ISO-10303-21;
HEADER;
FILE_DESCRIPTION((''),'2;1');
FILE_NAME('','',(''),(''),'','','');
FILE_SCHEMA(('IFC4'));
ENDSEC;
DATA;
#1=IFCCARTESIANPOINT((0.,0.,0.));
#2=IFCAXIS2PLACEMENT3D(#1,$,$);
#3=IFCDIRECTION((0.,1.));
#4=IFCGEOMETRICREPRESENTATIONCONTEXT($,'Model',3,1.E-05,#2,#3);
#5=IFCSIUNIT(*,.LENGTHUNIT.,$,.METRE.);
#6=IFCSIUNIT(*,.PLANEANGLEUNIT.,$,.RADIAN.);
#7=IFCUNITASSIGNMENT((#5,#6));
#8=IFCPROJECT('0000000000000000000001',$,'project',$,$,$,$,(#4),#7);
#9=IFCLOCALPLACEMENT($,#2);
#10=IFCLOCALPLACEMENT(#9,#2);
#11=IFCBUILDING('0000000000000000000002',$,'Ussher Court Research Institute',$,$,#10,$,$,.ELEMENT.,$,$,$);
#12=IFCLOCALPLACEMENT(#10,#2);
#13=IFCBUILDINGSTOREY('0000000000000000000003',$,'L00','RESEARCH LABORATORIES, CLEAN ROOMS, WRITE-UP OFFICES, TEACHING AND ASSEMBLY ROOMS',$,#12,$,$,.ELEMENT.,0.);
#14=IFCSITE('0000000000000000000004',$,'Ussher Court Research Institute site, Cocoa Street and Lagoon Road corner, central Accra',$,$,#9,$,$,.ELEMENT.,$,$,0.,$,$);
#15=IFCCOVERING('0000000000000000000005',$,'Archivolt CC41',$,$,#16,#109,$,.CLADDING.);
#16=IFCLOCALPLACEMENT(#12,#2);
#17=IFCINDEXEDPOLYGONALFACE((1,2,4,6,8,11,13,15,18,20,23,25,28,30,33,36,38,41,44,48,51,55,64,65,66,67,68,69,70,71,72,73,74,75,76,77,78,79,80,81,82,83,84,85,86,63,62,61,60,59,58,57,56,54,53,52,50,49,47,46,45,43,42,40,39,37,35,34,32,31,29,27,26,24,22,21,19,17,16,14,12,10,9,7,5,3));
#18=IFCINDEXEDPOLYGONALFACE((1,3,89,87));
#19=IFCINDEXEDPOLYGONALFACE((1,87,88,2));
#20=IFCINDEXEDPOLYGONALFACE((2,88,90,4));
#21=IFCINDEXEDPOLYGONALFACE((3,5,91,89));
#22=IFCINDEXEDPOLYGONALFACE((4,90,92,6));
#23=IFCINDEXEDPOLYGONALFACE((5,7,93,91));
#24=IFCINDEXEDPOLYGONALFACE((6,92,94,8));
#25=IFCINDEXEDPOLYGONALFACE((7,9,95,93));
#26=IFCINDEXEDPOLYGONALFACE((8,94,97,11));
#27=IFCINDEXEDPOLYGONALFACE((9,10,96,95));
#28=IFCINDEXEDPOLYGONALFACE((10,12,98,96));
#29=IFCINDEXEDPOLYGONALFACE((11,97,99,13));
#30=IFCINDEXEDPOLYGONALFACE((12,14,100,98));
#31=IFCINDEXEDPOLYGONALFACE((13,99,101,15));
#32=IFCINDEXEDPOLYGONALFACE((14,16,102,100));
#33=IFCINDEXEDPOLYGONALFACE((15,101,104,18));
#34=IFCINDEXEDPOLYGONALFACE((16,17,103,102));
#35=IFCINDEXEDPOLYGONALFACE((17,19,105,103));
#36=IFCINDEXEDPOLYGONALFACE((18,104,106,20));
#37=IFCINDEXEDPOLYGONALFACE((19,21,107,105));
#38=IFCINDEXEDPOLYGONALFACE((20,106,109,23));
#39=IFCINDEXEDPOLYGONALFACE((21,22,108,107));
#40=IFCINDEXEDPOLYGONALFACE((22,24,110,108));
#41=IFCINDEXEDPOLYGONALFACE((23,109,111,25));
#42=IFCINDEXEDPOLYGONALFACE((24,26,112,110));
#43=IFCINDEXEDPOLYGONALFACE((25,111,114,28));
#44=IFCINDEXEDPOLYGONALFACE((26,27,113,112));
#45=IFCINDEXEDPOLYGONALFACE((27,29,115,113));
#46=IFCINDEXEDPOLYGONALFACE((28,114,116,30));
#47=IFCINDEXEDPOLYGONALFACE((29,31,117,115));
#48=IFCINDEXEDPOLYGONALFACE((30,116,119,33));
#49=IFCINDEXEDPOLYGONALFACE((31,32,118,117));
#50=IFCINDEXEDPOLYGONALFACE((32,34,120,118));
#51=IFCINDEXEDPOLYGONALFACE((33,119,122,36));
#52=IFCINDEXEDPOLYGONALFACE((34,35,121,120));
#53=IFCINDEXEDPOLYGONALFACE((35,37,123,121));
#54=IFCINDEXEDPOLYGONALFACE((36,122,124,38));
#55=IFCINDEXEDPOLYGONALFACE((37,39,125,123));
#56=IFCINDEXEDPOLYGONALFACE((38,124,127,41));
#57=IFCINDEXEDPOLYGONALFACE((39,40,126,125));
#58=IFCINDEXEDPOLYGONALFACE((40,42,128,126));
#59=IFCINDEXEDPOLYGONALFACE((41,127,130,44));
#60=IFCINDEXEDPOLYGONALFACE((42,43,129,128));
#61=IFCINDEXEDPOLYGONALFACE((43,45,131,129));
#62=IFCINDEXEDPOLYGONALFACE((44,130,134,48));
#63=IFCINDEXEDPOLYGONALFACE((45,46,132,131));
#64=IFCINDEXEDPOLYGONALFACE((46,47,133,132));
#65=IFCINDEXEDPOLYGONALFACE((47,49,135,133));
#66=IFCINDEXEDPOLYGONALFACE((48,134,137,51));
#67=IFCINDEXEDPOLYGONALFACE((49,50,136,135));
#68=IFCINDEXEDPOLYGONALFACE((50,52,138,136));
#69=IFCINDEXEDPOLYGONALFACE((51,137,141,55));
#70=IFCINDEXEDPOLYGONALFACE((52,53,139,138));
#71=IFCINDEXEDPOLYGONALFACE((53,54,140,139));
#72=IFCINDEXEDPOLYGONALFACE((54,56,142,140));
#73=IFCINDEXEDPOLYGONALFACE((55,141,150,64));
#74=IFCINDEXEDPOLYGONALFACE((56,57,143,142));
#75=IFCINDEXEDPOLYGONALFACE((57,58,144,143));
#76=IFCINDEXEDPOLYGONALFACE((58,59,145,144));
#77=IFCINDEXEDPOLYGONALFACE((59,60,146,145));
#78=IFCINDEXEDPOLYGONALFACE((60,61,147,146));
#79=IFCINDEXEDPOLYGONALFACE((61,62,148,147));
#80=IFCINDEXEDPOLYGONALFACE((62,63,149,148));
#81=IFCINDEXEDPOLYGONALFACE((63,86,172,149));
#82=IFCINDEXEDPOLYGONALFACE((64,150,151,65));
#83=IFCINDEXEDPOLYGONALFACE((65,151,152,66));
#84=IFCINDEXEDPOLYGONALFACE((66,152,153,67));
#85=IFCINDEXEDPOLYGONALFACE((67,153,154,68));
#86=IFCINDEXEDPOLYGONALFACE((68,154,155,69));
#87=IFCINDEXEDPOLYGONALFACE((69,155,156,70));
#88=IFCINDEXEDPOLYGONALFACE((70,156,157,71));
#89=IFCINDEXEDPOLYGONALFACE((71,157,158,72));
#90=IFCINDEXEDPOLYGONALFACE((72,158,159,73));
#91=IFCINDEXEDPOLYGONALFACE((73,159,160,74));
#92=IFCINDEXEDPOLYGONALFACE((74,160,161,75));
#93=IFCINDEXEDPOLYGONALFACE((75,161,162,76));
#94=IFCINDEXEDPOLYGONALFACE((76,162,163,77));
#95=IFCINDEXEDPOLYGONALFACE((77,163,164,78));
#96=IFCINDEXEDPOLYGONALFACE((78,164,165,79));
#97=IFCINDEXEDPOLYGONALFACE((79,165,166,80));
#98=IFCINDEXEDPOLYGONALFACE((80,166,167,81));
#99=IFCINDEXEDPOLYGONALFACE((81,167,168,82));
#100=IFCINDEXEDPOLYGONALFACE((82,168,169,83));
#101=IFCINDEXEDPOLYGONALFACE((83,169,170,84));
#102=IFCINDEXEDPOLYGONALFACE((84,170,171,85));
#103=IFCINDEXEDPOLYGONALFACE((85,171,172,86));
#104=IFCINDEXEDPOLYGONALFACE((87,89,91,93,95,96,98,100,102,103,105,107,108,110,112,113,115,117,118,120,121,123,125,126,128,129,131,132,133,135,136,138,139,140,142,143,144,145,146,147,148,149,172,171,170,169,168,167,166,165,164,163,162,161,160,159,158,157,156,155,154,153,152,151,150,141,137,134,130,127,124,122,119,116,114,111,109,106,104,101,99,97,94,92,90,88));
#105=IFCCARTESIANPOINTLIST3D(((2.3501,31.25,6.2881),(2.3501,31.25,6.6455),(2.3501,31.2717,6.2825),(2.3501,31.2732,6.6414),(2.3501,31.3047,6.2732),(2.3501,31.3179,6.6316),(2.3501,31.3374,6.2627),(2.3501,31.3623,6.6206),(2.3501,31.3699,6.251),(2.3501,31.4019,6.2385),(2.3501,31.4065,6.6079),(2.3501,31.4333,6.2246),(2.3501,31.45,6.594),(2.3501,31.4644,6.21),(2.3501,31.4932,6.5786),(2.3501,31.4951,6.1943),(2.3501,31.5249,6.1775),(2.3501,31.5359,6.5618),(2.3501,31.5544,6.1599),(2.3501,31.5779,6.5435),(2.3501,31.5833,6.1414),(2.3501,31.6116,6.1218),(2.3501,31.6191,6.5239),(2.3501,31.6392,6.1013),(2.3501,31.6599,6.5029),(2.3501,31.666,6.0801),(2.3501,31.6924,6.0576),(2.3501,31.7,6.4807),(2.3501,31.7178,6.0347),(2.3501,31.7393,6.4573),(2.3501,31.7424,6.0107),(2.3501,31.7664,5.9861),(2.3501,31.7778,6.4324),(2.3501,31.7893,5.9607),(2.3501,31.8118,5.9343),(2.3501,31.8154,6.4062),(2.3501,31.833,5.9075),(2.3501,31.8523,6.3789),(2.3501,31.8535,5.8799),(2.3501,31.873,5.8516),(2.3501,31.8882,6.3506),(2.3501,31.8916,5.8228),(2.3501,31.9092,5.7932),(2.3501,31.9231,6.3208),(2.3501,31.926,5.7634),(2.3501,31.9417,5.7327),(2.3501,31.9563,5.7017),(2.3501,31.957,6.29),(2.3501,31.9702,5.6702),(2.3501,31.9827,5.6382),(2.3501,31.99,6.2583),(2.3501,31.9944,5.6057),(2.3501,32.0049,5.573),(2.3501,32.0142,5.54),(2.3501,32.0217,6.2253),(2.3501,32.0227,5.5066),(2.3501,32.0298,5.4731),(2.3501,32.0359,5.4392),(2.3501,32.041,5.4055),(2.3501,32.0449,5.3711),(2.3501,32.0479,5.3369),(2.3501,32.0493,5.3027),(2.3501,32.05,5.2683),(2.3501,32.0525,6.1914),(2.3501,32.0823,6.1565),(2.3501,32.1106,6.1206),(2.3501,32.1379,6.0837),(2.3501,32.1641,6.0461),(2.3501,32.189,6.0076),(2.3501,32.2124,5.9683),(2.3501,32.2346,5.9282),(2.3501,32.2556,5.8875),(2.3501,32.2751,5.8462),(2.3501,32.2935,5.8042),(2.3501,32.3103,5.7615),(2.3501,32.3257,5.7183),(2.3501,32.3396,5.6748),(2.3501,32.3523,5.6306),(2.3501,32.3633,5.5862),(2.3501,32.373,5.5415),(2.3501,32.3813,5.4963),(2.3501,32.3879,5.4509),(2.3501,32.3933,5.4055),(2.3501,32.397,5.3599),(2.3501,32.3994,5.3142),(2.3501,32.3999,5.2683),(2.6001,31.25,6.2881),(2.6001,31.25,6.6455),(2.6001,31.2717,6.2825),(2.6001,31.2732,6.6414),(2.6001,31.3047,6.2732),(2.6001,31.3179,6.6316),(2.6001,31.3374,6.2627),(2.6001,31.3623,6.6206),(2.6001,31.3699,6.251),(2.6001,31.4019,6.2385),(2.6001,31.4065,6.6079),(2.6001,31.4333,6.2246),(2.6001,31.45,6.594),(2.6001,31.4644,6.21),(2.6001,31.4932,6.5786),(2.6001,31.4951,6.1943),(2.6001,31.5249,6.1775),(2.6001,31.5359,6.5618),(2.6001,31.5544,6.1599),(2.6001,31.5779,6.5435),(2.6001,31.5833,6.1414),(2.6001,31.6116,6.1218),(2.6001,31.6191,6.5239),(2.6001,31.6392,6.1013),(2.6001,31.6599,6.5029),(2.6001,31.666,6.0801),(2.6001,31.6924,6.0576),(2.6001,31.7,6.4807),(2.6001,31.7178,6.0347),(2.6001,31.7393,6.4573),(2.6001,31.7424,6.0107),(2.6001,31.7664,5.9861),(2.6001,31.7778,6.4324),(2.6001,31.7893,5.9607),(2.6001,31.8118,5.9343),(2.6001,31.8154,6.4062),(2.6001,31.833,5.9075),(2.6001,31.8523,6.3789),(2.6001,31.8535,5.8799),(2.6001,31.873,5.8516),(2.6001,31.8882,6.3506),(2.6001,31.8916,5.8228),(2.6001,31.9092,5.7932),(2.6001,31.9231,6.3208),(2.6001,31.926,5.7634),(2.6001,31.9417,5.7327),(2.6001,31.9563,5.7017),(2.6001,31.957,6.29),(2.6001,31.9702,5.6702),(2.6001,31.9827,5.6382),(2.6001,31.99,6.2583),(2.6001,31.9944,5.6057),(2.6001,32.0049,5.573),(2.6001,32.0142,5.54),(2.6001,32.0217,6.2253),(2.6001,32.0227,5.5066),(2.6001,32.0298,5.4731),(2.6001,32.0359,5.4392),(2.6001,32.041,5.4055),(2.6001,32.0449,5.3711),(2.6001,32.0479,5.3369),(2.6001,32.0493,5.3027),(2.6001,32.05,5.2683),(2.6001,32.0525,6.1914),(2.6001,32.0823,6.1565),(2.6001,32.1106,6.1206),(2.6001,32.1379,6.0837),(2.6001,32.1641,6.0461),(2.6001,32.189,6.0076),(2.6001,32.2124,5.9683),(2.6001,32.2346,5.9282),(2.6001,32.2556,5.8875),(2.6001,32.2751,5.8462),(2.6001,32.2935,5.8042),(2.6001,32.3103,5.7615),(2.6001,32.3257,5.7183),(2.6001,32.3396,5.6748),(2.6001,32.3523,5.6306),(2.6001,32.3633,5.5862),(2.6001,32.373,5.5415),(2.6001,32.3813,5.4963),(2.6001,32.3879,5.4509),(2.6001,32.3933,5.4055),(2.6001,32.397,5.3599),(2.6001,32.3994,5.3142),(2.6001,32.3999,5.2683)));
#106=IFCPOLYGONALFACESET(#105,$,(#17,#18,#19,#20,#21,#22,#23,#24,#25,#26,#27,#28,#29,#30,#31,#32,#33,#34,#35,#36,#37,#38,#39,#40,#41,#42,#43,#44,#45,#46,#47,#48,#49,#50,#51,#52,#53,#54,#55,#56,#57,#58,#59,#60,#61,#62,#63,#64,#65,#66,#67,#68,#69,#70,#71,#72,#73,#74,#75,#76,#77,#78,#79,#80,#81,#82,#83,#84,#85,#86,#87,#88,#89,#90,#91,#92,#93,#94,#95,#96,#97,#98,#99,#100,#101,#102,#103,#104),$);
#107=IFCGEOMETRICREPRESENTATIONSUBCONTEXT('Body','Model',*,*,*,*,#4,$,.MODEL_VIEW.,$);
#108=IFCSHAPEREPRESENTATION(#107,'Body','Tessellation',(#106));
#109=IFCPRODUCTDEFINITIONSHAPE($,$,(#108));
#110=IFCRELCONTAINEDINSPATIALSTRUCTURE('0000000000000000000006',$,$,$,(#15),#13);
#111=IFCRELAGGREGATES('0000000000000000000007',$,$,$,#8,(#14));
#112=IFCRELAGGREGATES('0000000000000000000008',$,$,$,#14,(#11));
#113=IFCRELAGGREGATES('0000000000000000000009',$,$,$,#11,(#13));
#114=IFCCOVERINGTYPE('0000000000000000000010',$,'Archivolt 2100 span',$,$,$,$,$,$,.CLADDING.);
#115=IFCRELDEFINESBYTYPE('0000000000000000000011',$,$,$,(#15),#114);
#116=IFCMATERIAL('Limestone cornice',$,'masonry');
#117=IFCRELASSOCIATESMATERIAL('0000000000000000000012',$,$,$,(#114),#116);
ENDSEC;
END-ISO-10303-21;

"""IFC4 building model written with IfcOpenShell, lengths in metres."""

from ifc_helpers import new_model, si_unit, direction, frame, origin, place, context, subcontext, project, spatial, polyline, outline, extrude, material, type_object, element, save


model = new_model("IFC4")

# Units and contexts
model_context = context("Model", 3, precision=1e-05, world=origin(), true_north=direction((0.0, 1.0)))
body_context = subcontext(model_context, "Body", "Model", "MODEL_VIEW")
ifc_project = project(units=[si_unit("LENGTHUNIT", "METRE"), si_unit("PLANEANGLEUNIT", "RADIAN")], contexts=[model_context])

# Site, building, storey
site_placement = place(None, origin())
site = spatial("IfcSite", under=ifc_project, at=site_placement, Name="Ussher Court Research Institute site, Cocoa Street and Lagoon Road corner, central Accra", CompositionType="ELEMENT", RefElevation=0.0)
building_placement = place(site_placement, origin())
building = spatial("IfcBuilding", under=site, at=building_placement, Name="Ussher Court Research Institute", CompositionType="ELEMENT")
storey_placement = place(building_placement, origin())
storey = spatial("IfcBuildingStorey", under=building, at=storey_placement, Name="L00", Description="RESEARCH LABORATORIES, CLEAN ROOMS, WRITE-UP OFFICES, TEACHING AND ASSEMBLY ROOMS", CompositionType="ELEMENT", Elevation=0.0)

# Covering
ifc_material_1 = material(Name="Limestone cornice", Category="masonry")
covering_type_1 = type_object("IfcCoveringType", Name="Archivolt 2100 span", PredefinedType="CLADDING", material=ifc_material_1)
covering_1_placement = place(storey_placement, frame((2.3501, 31.0, 5.2683), z_axis=(1.0, 0.0, 0.0), x_axis=(0.0, 1.0, 0.0)))
element("IfcCovering", 1, at=covering_1_placement, inside=storey, type_object=covering_type_1, Name="Archivolt CC41", PredefinedType="CLADDING", context=body_context, shape_type="SweptSolid", body=[
    extrude(outline(polyline([(0.2732, 1.373), (0.25, 1.3772), (0.25, 1.0198), (0.2717, 1.0142), (0.3047, 1.0049), (0.3374, 0.9944), (0.3699, 0.9827), (0.4019, 0.9702), (0.4333, 0.9563), (0.4644, 0.9417), (0.4951, 0.926), (0.5249, 0.9092), (0.5544, 0.8916), (0.5833, 0.873), (0.6116, 0.8535), (0.6392, 0.833), (0.666, 0.8118), (0.6924, 0.7893), (0.7178, 0.7664), (0.7424, 0.7424), (0.7664, 0.7178), (0.7893, 0.6924), (0.8118, 0.666), (0.833, 0.6392), (0.8535, 0.6116), (0.873, 0.5833), (0.8916, 0.5544), (0.9092, 0.5249), (0.926, 0.4951), (0.9417, 0.4644), (0.9563, 0.4333), (0.9702, 0.4019), (0.9827, 0.3699), (0.9944, 0.3374), (1.0049, 0.3047), (1.0142, 0.2717), (1.0227, 0.2383), (1.0298, 0.2048), (1.0359, 0.1709), (1.041, 0.1372), (1.0449, 0.1028), (1.0479, 0.0686), (1.0493, 0.0344), (1.05, 0.0), (1.3999, 0.0), (1.3994, 0.0459), (1.397, 0.0916), (1.3933, 0.1372), (1.3879, 0.1826), (1.3813, 0.228), (1.373, 0.2732), (1.3633, 0.3179), (1.3523, 0.3623), (1.3396, 0.4065), (1.3257, 0.45), (1.3103, 0.4932), (1.2935, 0.5359), (1.2751, 0.5779), (1.2556, 0.6191), (1.2346, 0.6599), (1.2124, 0.7), (1.189, 0.7393), (1.1641, 0.7778), (1.1379, 0.8154), (1.1106, 0.8523), (1.0823, 0.8882), (1.0525, 0.9231), (1.0217, 0.957), (0.99, 0.99), (0.957, 1.0217), (0.9231, 1.0525), (0.8882, 1.0823), (0.8523, 1.1106), (0.8154, 1.1379), (0.7778, 1.1641), (0.7393, 1.189), (0.7, 1.2124), (0.6599, 1.2346), (0.6191, 1.2556), (0.5779, 1.2751), (0.5359, 1.2935), (0.4932, 1.3103), (0.45, 1.3257), (0.4065, 1.3396), (0.3623, 1.3523), (0.3179, 1.3633), (0.2732, 1.373)])), origin(), (0.0, 0.0, 1.0), 0.25),
])

save(model, "model.ifc")
